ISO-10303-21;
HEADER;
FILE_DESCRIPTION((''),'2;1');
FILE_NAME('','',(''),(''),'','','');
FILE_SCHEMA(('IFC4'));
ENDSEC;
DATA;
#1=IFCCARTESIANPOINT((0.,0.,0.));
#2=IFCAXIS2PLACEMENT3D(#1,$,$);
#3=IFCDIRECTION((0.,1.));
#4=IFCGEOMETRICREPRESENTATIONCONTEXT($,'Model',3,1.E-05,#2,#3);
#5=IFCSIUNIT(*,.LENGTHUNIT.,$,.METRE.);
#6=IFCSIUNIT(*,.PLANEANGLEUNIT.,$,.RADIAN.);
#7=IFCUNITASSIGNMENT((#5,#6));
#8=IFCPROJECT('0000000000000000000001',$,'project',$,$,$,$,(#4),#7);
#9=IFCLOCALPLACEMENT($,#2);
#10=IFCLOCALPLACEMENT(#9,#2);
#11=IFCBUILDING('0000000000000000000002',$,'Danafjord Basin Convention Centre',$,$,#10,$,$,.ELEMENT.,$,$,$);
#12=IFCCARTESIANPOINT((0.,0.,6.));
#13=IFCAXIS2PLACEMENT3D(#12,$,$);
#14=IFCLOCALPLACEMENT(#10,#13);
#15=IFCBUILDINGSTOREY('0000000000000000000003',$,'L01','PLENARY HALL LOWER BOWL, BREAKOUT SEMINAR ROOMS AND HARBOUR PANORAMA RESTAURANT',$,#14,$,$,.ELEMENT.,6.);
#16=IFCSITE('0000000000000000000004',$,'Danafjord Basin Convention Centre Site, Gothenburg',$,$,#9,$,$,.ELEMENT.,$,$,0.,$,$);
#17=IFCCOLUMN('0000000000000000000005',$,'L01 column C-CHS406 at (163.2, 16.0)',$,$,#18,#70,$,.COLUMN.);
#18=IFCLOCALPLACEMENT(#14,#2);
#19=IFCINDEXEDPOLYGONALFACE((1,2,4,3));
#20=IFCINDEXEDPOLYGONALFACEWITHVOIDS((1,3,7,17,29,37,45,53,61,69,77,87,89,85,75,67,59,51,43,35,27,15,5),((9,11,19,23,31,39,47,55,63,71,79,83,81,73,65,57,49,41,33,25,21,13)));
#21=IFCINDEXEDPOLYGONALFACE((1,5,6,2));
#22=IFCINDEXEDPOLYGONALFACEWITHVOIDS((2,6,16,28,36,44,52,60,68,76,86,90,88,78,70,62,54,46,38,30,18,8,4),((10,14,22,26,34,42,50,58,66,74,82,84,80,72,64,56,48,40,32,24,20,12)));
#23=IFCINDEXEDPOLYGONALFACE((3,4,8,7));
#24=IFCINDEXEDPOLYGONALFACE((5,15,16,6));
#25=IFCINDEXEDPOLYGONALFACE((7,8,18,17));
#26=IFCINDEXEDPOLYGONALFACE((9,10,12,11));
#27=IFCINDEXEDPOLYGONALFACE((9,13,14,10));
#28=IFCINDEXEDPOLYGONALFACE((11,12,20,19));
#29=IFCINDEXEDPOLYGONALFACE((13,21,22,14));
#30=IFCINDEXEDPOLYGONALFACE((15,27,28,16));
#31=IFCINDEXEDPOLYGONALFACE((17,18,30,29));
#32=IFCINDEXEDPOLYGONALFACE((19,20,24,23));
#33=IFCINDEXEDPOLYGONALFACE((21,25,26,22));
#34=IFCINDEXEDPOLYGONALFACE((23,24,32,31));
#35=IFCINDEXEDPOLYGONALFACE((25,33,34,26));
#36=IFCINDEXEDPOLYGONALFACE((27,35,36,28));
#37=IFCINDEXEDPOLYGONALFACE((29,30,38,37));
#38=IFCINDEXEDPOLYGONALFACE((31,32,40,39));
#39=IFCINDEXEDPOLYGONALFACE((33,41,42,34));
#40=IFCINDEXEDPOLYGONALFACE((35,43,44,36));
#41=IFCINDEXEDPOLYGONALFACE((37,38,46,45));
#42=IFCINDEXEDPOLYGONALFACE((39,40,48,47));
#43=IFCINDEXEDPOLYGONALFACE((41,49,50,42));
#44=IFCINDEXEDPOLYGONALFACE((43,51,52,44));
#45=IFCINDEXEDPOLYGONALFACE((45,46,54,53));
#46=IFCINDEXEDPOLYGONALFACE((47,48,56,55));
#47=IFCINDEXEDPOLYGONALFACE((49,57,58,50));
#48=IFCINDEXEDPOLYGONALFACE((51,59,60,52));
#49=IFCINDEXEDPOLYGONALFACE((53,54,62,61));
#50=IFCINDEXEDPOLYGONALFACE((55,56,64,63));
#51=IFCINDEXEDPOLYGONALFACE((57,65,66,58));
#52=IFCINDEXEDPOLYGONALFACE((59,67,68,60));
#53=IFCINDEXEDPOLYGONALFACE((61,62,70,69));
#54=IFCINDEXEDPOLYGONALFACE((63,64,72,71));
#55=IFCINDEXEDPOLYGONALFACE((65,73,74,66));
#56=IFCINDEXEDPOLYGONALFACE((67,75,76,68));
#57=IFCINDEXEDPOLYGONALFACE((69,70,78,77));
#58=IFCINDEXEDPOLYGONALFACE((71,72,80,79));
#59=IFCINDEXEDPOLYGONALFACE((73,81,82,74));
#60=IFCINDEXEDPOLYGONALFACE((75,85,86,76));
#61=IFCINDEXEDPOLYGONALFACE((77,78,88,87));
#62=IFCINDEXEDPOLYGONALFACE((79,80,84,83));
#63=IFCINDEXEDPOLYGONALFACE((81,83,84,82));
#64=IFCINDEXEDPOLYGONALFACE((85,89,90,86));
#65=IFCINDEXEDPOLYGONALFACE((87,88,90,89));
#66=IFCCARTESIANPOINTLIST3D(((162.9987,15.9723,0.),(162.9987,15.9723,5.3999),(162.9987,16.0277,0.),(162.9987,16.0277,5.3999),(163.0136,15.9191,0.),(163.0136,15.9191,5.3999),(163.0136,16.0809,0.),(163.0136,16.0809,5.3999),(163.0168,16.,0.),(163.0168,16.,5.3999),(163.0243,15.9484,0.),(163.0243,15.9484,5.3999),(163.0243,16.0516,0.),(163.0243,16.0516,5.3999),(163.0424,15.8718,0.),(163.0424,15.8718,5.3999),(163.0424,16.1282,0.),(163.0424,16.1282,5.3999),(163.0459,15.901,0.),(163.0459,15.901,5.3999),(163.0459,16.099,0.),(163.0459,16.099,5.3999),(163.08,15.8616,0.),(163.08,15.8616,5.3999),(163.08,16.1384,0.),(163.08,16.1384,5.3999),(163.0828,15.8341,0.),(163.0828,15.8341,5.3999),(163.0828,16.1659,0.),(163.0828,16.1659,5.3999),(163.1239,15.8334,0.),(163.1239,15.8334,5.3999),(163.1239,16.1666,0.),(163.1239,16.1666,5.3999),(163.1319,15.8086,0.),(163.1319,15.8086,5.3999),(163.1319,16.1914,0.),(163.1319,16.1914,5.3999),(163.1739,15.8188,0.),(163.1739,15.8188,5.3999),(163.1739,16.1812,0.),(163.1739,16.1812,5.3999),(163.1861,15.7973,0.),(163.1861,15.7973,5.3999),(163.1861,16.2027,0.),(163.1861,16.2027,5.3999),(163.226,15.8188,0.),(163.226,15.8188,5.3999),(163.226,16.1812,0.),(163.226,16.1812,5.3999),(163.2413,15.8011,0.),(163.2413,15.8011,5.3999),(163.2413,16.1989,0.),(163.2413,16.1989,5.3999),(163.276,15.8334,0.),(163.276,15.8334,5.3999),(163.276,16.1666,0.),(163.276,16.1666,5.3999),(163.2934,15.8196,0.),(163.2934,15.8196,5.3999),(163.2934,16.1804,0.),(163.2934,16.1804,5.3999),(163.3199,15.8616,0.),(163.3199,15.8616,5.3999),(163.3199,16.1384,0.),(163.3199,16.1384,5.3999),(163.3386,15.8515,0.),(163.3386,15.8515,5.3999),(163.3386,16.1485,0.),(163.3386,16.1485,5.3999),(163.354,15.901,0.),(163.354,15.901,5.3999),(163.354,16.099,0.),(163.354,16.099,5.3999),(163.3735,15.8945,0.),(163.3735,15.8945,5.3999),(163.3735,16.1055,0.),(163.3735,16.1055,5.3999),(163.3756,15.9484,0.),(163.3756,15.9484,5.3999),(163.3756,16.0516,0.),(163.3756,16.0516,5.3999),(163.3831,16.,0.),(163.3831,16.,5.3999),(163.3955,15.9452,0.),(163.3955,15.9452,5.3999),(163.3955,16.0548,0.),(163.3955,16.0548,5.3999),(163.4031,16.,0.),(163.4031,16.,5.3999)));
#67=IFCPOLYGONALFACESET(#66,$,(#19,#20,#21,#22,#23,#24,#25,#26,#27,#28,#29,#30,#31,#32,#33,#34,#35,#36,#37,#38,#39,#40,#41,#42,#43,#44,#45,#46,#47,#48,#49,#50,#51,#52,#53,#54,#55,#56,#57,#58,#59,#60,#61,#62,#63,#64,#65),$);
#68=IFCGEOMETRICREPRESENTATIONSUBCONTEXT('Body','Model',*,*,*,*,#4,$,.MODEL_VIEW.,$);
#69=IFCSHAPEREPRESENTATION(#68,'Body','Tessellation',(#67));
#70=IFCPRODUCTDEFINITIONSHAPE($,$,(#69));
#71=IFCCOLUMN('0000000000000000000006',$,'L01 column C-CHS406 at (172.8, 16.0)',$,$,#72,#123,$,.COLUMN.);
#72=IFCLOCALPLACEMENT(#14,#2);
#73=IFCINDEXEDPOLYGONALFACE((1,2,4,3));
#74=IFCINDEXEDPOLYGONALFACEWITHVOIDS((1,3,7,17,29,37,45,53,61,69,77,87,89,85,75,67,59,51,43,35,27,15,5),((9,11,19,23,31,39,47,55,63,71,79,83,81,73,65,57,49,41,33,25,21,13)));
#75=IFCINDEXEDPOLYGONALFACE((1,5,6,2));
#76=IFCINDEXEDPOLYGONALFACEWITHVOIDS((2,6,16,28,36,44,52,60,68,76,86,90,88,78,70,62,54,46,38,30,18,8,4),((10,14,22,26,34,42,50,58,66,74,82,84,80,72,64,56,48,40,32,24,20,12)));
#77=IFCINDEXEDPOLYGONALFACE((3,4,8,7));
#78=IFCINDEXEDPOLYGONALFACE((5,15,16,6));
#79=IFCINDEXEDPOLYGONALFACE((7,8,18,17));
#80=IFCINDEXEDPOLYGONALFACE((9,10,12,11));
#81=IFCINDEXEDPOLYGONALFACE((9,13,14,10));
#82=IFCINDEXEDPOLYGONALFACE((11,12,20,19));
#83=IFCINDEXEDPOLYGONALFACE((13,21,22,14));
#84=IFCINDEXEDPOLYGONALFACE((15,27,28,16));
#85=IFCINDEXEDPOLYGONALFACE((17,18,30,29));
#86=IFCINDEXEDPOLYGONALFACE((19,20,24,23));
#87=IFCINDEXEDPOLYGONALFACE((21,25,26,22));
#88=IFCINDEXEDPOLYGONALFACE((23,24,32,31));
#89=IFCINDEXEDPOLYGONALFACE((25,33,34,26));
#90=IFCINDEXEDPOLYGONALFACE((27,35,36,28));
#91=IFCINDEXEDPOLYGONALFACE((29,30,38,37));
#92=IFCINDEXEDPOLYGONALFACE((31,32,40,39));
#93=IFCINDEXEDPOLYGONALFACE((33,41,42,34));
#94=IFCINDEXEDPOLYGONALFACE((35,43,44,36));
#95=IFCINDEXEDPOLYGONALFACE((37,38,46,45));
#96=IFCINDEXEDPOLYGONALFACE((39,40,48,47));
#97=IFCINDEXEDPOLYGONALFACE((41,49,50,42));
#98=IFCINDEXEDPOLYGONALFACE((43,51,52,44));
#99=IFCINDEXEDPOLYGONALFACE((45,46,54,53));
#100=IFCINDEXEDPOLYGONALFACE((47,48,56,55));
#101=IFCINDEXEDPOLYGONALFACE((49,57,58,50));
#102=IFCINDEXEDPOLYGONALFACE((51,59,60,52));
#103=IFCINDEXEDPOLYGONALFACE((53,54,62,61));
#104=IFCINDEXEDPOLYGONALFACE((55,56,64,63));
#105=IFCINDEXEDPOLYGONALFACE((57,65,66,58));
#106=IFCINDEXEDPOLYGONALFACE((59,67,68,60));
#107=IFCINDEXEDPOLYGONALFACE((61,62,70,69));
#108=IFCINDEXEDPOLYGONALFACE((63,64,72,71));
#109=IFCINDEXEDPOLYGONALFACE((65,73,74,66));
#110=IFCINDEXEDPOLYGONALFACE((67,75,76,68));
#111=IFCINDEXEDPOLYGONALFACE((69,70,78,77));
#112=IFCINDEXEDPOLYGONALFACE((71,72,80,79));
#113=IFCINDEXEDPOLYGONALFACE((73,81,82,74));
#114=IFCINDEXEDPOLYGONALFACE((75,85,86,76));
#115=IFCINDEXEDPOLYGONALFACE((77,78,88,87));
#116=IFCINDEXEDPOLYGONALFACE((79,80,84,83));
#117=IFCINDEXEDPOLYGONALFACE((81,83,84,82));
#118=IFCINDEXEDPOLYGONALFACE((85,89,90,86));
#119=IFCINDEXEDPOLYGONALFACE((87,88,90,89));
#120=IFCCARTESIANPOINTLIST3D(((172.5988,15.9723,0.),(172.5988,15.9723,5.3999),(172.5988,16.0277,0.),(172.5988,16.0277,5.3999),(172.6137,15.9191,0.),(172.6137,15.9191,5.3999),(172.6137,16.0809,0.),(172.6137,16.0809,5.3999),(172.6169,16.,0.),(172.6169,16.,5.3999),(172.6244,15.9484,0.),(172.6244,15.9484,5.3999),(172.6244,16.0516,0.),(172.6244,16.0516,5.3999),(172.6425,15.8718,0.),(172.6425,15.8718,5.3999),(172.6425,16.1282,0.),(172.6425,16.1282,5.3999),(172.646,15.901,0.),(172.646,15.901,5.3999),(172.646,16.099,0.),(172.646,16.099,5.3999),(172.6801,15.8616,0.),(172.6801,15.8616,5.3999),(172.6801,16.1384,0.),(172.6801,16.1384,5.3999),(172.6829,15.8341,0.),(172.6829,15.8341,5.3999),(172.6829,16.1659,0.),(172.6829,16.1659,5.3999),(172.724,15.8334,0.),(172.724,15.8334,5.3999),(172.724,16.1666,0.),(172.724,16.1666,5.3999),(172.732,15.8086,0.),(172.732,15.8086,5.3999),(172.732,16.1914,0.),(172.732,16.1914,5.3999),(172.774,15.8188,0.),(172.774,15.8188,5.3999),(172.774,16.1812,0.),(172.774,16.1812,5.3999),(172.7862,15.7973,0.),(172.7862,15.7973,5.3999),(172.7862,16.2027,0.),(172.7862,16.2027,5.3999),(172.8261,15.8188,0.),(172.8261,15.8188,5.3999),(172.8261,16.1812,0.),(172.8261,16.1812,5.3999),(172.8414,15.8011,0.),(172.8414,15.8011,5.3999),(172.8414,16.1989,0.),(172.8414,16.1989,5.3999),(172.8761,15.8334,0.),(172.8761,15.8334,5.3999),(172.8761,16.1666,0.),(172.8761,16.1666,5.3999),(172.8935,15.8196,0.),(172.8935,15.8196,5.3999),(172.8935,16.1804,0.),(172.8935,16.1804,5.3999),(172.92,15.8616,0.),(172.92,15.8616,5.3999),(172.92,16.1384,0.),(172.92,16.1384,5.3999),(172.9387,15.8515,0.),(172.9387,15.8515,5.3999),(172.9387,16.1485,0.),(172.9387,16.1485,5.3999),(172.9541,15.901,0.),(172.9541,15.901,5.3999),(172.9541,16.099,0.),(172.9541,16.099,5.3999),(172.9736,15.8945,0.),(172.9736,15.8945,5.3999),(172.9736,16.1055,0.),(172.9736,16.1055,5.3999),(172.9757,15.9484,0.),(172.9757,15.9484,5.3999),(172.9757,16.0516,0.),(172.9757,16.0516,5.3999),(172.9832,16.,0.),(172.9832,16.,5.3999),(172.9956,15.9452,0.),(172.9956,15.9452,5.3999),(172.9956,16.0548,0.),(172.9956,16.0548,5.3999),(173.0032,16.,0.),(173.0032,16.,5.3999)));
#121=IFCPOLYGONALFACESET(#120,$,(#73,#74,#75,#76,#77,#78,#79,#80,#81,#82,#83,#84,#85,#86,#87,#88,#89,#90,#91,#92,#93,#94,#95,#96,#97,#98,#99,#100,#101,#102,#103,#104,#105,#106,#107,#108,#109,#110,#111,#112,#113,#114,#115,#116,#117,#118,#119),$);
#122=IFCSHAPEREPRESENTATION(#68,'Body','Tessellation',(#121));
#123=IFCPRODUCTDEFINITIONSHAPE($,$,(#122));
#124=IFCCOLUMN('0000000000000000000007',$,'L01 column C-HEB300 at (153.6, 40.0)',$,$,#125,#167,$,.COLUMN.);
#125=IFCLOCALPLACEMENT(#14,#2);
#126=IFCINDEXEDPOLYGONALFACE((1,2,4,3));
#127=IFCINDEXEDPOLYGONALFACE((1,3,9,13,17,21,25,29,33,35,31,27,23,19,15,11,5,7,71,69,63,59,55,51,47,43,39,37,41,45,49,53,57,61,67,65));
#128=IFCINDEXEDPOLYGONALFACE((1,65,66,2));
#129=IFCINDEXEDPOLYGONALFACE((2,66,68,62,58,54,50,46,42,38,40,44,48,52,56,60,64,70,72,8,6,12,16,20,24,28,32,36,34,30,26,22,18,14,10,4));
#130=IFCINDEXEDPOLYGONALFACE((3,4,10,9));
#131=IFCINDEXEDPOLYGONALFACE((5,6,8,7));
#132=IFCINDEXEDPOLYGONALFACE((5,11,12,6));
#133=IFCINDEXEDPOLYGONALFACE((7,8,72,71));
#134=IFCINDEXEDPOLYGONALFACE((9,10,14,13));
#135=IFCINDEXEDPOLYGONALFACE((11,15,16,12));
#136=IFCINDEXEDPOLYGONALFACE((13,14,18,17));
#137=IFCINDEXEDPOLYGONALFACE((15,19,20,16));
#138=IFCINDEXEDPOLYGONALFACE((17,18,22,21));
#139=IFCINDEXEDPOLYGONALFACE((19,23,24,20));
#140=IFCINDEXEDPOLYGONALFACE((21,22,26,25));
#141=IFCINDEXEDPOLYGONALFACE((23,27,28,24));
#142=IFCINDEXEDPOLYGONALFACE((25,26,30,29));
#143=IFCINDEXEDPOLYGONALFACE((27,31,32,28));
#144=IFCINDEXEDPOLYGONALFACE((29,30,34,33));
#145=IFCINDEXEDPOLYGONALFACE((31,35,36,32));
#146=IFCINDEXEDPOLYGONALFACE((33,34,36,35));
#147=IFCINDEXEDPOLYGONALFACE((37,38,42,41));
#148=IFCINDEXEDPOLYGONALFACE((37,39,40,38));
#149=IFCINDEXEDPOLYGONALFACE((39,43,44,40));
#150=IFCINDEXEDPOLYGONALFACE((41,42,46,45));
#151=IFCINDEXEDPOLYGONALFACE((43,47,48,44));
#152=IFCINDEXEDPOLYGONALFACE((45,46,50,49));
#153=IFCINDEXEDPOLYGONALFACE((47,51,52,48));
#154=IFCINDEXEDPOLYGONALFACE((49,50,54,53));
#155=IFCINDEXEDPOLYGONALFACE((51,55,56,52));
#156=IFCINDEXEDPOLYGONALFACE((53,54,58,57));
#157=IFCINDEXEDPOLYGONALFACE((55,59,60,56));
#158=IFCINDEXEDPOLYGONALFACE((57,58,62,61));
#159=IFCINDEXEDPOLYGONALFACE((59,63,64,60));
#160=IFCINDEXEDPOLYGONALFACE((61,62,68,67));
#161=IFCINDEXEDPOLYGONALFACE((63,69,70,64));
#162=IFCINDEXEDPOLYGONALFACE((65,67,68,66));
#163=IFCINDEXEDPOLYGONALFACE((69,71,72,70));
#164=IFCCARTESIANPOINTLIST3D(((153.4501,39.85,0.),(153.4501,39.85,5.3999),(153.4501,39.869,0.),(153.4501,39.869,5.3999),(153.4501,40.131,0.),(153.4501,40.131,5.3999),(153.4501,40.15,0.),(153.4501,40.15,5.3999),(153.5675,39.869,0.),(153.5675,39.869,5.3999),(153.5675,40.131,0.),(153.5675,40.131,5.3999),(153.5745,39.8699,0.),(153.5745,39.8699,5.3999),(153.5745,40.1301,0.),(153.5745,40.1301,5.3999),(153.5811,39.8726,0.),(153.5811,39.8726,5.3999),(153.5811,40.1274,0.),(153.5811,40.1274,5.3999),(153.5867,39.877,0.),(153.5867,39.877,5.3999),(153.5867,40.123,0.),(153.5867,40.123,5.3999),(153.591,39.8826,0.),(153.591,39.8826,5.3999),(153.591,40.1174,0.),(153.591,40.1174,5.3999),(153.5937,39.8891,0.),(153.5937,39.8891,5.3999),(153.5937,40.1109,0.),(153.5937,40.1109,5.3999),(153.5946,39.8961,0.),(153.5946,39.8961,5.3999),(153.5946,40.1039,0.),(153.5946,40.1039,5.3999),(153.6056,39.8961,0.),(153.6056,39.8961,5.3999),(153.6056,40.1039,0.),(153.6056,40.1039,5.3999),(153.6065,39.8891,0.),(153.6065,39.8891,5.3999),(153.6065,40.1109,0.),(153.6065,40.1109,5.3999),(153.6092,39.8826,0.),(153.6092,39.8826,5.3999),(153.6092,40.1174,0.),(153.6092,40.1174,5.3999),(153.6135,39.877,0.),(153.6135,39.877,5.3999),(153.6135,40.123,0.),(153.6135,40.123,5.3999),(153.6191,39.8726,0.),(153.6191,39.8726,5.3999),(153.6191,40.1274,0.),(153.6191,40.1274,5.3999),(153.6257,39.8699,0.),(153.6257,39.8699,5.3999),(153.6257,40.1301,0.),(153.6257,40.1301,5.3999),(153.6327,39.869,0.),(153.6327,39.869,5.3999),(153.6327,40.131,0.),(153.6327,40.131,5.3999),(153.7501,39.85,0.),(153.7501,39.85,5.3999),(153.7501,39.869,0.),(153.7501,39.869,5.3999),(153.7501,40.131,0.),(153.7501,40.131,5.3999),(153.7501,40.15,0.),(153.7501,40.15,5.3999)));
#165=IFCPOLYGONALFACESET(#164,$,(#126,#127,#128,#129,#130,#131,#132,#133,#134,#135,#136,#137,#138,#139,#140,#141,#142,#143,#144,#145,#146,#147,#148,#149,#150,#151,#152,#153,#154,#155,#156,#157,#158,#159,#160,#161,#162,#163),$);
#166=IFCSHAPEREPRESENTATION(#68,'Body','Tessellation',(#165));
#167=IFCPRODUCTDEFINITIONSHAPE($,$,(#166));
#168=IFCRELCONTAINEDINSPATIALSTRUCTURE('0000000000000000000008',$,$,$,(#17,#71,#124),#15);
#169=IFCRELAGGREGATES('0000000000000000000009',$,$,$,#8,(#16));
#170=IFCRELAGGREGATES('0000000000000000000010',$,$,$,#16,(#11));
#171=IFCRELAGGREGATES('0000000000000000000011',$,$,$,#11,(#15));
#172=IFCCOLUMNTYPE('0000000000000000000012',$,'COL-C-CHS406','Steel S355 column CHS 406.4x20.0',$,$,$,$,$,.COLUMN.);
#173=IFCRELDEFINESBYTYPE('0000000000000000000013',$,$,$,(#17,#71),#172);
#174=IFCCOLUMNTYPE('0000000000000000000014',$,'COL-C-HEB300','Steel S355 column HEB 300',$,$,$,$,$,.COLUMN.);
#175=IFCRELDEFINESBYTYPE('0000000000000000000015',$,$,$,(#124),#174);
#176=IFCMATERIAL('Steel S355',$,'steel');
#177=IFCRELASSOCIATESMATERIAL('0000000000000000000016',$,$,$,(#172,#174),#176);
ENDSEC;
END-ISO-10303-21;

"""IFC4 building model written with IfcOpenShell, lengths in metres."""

from ifc_helpers import new_model, si_unit, direction, frame, origin, origin_2d, place, context, subcontext, project, spatial, hollow_circle, i_section, extrude, material, material_profile, profile_set, type_object, element, save


model = new_model("IFC4")

# Units and contexts
model_context = context("Model", 3, precision=1e-05, world=origin(), true_north=direction((0.0, 1.0)))
body_context = subcontext(model_context, "Body", "Model", "MODEL_VIEW")
ifc_project = project(units=[si_unit("LENGTHUNIT", "METRE"), si_unit("PLANEANGLEUNIT", "RADIAN")], contexts=[model_context])

# Site, building, storey
site_placement = place(None, origin())
site = spatial("IfcSite", under=ifc_project, at=site_placement, Name="Danafjord Basin Convention Centre Site, Gothenburg", CompositionType="ELEMENT", RefElevation=0.0)
building_placement = place(site_placement, origin())
building = spatial("IfcBuilding", under=site, at=building_placement, Name="Danafjord Basin Convention Centre", CompositionType="ELEMENT")
storey_placement = place(building_placement, frame((0.0, 0.0, 6.0)))
storey = spatial("IfcBuildingStorey", under=building, at=storey_placement, Name="L01", Description="PLENARY HALL LOWER BOWL, BREAKOUT SEMINAR ROOMS AND HARBOUR PANORAMA RESTAURANT", CompositionType="ELEMENT", Elevation=6.0)

# Columns
ifc_material_1 = material(Name="Steel S355", Category="steel")
ifc_material_profile_1 = material_profile(ifc_material_1, hollow_circle(Radius=0.2031, WallThickness=0.02, at=origin_2d()), Name="CHS 406.4x20.0")
ifc_profile_set_1 = profile_set([ifc_material_profile_1], Name="Steel S355")
column_type_1 = type_object("IfcColumnType", Name="COL-C-CHS406", Description="Steel S355 column CHS 406.4x20.0", PredefinedType="COLUMN", material=ifc_profile_set_1)
for number, where, z_axis, x_axis, name in (
    (1, (163.2, 16.0, 0.0), (0.0, 0.0, 1.0), (1.0, 0.0, 0.0), "L01 column C-CHS406 at (163.2, 16.0)"),
    (2, (172.8, 16.0, 0.0), (0.0, 0.0, 1.0), (1.0, 0.0, 0.0), "L01 column C-CHS406 at (172.8, 16.0)"),
):
    element("IfcColumn", number, at=place(storey_placement, frame(where, z_axis=z_axis, x_axis=x_axis)), inside=storey, type_object=column_type_1, Name=name, PredefinedType="COLUMN", context=body_context, shape_type="SweptSolid", body=[
        extrude(hollow_circle(Radius=0.2031, WallThickness=0.02, at=origin_2d()), origin(), (0.0, 0.0, 1.0), 5.3999),
    ])
ifc_material_profile_2 = material_profile(ifc_material_1, i_section(OverallWidth=0.3, OverallDepth=0.3, WebThickness=0.011, FlangeThickness=0.019, FilletRadius=0.0271, at=origin_2d()), Name="HEB 300")
ifc_profile_set_2 = profile_set([ifc_material_profile_2], Name="Steel S355")
column_type_2 = type_object("IfcColumnType", Name="COL-C-HEB300", Description="Steel S355 column HEB 300", PredefinedType="COLUMN", material=ifc_profile_set_2)
column_1_placement = place(storey_placement, frame((153.6001, 40.0, 0.0), z_axis=(0.0, 0.0, 1.0), x_axis=(1.0, 0.0, 0.0)))
element("IfcColumn", 3, at=column_1_placement, inside=storey, type_object=column_type_2, Name="L01 column C-HEB300 at (153.6, 40.0)", PredefinedType="COLUMN", context=body_context, shape_type="SweptSolid", body=[
    extrude(i_section(OverallWidth=0.3, OverallDepth=0.3, WebThickness=0.011, FlangeThickness=0.019, FilletRadius=0.0271, at=origin_2d()), origin(), (0.0, 0.0, 1.0), 5.3999),
])

save(model, "model.ifc")
